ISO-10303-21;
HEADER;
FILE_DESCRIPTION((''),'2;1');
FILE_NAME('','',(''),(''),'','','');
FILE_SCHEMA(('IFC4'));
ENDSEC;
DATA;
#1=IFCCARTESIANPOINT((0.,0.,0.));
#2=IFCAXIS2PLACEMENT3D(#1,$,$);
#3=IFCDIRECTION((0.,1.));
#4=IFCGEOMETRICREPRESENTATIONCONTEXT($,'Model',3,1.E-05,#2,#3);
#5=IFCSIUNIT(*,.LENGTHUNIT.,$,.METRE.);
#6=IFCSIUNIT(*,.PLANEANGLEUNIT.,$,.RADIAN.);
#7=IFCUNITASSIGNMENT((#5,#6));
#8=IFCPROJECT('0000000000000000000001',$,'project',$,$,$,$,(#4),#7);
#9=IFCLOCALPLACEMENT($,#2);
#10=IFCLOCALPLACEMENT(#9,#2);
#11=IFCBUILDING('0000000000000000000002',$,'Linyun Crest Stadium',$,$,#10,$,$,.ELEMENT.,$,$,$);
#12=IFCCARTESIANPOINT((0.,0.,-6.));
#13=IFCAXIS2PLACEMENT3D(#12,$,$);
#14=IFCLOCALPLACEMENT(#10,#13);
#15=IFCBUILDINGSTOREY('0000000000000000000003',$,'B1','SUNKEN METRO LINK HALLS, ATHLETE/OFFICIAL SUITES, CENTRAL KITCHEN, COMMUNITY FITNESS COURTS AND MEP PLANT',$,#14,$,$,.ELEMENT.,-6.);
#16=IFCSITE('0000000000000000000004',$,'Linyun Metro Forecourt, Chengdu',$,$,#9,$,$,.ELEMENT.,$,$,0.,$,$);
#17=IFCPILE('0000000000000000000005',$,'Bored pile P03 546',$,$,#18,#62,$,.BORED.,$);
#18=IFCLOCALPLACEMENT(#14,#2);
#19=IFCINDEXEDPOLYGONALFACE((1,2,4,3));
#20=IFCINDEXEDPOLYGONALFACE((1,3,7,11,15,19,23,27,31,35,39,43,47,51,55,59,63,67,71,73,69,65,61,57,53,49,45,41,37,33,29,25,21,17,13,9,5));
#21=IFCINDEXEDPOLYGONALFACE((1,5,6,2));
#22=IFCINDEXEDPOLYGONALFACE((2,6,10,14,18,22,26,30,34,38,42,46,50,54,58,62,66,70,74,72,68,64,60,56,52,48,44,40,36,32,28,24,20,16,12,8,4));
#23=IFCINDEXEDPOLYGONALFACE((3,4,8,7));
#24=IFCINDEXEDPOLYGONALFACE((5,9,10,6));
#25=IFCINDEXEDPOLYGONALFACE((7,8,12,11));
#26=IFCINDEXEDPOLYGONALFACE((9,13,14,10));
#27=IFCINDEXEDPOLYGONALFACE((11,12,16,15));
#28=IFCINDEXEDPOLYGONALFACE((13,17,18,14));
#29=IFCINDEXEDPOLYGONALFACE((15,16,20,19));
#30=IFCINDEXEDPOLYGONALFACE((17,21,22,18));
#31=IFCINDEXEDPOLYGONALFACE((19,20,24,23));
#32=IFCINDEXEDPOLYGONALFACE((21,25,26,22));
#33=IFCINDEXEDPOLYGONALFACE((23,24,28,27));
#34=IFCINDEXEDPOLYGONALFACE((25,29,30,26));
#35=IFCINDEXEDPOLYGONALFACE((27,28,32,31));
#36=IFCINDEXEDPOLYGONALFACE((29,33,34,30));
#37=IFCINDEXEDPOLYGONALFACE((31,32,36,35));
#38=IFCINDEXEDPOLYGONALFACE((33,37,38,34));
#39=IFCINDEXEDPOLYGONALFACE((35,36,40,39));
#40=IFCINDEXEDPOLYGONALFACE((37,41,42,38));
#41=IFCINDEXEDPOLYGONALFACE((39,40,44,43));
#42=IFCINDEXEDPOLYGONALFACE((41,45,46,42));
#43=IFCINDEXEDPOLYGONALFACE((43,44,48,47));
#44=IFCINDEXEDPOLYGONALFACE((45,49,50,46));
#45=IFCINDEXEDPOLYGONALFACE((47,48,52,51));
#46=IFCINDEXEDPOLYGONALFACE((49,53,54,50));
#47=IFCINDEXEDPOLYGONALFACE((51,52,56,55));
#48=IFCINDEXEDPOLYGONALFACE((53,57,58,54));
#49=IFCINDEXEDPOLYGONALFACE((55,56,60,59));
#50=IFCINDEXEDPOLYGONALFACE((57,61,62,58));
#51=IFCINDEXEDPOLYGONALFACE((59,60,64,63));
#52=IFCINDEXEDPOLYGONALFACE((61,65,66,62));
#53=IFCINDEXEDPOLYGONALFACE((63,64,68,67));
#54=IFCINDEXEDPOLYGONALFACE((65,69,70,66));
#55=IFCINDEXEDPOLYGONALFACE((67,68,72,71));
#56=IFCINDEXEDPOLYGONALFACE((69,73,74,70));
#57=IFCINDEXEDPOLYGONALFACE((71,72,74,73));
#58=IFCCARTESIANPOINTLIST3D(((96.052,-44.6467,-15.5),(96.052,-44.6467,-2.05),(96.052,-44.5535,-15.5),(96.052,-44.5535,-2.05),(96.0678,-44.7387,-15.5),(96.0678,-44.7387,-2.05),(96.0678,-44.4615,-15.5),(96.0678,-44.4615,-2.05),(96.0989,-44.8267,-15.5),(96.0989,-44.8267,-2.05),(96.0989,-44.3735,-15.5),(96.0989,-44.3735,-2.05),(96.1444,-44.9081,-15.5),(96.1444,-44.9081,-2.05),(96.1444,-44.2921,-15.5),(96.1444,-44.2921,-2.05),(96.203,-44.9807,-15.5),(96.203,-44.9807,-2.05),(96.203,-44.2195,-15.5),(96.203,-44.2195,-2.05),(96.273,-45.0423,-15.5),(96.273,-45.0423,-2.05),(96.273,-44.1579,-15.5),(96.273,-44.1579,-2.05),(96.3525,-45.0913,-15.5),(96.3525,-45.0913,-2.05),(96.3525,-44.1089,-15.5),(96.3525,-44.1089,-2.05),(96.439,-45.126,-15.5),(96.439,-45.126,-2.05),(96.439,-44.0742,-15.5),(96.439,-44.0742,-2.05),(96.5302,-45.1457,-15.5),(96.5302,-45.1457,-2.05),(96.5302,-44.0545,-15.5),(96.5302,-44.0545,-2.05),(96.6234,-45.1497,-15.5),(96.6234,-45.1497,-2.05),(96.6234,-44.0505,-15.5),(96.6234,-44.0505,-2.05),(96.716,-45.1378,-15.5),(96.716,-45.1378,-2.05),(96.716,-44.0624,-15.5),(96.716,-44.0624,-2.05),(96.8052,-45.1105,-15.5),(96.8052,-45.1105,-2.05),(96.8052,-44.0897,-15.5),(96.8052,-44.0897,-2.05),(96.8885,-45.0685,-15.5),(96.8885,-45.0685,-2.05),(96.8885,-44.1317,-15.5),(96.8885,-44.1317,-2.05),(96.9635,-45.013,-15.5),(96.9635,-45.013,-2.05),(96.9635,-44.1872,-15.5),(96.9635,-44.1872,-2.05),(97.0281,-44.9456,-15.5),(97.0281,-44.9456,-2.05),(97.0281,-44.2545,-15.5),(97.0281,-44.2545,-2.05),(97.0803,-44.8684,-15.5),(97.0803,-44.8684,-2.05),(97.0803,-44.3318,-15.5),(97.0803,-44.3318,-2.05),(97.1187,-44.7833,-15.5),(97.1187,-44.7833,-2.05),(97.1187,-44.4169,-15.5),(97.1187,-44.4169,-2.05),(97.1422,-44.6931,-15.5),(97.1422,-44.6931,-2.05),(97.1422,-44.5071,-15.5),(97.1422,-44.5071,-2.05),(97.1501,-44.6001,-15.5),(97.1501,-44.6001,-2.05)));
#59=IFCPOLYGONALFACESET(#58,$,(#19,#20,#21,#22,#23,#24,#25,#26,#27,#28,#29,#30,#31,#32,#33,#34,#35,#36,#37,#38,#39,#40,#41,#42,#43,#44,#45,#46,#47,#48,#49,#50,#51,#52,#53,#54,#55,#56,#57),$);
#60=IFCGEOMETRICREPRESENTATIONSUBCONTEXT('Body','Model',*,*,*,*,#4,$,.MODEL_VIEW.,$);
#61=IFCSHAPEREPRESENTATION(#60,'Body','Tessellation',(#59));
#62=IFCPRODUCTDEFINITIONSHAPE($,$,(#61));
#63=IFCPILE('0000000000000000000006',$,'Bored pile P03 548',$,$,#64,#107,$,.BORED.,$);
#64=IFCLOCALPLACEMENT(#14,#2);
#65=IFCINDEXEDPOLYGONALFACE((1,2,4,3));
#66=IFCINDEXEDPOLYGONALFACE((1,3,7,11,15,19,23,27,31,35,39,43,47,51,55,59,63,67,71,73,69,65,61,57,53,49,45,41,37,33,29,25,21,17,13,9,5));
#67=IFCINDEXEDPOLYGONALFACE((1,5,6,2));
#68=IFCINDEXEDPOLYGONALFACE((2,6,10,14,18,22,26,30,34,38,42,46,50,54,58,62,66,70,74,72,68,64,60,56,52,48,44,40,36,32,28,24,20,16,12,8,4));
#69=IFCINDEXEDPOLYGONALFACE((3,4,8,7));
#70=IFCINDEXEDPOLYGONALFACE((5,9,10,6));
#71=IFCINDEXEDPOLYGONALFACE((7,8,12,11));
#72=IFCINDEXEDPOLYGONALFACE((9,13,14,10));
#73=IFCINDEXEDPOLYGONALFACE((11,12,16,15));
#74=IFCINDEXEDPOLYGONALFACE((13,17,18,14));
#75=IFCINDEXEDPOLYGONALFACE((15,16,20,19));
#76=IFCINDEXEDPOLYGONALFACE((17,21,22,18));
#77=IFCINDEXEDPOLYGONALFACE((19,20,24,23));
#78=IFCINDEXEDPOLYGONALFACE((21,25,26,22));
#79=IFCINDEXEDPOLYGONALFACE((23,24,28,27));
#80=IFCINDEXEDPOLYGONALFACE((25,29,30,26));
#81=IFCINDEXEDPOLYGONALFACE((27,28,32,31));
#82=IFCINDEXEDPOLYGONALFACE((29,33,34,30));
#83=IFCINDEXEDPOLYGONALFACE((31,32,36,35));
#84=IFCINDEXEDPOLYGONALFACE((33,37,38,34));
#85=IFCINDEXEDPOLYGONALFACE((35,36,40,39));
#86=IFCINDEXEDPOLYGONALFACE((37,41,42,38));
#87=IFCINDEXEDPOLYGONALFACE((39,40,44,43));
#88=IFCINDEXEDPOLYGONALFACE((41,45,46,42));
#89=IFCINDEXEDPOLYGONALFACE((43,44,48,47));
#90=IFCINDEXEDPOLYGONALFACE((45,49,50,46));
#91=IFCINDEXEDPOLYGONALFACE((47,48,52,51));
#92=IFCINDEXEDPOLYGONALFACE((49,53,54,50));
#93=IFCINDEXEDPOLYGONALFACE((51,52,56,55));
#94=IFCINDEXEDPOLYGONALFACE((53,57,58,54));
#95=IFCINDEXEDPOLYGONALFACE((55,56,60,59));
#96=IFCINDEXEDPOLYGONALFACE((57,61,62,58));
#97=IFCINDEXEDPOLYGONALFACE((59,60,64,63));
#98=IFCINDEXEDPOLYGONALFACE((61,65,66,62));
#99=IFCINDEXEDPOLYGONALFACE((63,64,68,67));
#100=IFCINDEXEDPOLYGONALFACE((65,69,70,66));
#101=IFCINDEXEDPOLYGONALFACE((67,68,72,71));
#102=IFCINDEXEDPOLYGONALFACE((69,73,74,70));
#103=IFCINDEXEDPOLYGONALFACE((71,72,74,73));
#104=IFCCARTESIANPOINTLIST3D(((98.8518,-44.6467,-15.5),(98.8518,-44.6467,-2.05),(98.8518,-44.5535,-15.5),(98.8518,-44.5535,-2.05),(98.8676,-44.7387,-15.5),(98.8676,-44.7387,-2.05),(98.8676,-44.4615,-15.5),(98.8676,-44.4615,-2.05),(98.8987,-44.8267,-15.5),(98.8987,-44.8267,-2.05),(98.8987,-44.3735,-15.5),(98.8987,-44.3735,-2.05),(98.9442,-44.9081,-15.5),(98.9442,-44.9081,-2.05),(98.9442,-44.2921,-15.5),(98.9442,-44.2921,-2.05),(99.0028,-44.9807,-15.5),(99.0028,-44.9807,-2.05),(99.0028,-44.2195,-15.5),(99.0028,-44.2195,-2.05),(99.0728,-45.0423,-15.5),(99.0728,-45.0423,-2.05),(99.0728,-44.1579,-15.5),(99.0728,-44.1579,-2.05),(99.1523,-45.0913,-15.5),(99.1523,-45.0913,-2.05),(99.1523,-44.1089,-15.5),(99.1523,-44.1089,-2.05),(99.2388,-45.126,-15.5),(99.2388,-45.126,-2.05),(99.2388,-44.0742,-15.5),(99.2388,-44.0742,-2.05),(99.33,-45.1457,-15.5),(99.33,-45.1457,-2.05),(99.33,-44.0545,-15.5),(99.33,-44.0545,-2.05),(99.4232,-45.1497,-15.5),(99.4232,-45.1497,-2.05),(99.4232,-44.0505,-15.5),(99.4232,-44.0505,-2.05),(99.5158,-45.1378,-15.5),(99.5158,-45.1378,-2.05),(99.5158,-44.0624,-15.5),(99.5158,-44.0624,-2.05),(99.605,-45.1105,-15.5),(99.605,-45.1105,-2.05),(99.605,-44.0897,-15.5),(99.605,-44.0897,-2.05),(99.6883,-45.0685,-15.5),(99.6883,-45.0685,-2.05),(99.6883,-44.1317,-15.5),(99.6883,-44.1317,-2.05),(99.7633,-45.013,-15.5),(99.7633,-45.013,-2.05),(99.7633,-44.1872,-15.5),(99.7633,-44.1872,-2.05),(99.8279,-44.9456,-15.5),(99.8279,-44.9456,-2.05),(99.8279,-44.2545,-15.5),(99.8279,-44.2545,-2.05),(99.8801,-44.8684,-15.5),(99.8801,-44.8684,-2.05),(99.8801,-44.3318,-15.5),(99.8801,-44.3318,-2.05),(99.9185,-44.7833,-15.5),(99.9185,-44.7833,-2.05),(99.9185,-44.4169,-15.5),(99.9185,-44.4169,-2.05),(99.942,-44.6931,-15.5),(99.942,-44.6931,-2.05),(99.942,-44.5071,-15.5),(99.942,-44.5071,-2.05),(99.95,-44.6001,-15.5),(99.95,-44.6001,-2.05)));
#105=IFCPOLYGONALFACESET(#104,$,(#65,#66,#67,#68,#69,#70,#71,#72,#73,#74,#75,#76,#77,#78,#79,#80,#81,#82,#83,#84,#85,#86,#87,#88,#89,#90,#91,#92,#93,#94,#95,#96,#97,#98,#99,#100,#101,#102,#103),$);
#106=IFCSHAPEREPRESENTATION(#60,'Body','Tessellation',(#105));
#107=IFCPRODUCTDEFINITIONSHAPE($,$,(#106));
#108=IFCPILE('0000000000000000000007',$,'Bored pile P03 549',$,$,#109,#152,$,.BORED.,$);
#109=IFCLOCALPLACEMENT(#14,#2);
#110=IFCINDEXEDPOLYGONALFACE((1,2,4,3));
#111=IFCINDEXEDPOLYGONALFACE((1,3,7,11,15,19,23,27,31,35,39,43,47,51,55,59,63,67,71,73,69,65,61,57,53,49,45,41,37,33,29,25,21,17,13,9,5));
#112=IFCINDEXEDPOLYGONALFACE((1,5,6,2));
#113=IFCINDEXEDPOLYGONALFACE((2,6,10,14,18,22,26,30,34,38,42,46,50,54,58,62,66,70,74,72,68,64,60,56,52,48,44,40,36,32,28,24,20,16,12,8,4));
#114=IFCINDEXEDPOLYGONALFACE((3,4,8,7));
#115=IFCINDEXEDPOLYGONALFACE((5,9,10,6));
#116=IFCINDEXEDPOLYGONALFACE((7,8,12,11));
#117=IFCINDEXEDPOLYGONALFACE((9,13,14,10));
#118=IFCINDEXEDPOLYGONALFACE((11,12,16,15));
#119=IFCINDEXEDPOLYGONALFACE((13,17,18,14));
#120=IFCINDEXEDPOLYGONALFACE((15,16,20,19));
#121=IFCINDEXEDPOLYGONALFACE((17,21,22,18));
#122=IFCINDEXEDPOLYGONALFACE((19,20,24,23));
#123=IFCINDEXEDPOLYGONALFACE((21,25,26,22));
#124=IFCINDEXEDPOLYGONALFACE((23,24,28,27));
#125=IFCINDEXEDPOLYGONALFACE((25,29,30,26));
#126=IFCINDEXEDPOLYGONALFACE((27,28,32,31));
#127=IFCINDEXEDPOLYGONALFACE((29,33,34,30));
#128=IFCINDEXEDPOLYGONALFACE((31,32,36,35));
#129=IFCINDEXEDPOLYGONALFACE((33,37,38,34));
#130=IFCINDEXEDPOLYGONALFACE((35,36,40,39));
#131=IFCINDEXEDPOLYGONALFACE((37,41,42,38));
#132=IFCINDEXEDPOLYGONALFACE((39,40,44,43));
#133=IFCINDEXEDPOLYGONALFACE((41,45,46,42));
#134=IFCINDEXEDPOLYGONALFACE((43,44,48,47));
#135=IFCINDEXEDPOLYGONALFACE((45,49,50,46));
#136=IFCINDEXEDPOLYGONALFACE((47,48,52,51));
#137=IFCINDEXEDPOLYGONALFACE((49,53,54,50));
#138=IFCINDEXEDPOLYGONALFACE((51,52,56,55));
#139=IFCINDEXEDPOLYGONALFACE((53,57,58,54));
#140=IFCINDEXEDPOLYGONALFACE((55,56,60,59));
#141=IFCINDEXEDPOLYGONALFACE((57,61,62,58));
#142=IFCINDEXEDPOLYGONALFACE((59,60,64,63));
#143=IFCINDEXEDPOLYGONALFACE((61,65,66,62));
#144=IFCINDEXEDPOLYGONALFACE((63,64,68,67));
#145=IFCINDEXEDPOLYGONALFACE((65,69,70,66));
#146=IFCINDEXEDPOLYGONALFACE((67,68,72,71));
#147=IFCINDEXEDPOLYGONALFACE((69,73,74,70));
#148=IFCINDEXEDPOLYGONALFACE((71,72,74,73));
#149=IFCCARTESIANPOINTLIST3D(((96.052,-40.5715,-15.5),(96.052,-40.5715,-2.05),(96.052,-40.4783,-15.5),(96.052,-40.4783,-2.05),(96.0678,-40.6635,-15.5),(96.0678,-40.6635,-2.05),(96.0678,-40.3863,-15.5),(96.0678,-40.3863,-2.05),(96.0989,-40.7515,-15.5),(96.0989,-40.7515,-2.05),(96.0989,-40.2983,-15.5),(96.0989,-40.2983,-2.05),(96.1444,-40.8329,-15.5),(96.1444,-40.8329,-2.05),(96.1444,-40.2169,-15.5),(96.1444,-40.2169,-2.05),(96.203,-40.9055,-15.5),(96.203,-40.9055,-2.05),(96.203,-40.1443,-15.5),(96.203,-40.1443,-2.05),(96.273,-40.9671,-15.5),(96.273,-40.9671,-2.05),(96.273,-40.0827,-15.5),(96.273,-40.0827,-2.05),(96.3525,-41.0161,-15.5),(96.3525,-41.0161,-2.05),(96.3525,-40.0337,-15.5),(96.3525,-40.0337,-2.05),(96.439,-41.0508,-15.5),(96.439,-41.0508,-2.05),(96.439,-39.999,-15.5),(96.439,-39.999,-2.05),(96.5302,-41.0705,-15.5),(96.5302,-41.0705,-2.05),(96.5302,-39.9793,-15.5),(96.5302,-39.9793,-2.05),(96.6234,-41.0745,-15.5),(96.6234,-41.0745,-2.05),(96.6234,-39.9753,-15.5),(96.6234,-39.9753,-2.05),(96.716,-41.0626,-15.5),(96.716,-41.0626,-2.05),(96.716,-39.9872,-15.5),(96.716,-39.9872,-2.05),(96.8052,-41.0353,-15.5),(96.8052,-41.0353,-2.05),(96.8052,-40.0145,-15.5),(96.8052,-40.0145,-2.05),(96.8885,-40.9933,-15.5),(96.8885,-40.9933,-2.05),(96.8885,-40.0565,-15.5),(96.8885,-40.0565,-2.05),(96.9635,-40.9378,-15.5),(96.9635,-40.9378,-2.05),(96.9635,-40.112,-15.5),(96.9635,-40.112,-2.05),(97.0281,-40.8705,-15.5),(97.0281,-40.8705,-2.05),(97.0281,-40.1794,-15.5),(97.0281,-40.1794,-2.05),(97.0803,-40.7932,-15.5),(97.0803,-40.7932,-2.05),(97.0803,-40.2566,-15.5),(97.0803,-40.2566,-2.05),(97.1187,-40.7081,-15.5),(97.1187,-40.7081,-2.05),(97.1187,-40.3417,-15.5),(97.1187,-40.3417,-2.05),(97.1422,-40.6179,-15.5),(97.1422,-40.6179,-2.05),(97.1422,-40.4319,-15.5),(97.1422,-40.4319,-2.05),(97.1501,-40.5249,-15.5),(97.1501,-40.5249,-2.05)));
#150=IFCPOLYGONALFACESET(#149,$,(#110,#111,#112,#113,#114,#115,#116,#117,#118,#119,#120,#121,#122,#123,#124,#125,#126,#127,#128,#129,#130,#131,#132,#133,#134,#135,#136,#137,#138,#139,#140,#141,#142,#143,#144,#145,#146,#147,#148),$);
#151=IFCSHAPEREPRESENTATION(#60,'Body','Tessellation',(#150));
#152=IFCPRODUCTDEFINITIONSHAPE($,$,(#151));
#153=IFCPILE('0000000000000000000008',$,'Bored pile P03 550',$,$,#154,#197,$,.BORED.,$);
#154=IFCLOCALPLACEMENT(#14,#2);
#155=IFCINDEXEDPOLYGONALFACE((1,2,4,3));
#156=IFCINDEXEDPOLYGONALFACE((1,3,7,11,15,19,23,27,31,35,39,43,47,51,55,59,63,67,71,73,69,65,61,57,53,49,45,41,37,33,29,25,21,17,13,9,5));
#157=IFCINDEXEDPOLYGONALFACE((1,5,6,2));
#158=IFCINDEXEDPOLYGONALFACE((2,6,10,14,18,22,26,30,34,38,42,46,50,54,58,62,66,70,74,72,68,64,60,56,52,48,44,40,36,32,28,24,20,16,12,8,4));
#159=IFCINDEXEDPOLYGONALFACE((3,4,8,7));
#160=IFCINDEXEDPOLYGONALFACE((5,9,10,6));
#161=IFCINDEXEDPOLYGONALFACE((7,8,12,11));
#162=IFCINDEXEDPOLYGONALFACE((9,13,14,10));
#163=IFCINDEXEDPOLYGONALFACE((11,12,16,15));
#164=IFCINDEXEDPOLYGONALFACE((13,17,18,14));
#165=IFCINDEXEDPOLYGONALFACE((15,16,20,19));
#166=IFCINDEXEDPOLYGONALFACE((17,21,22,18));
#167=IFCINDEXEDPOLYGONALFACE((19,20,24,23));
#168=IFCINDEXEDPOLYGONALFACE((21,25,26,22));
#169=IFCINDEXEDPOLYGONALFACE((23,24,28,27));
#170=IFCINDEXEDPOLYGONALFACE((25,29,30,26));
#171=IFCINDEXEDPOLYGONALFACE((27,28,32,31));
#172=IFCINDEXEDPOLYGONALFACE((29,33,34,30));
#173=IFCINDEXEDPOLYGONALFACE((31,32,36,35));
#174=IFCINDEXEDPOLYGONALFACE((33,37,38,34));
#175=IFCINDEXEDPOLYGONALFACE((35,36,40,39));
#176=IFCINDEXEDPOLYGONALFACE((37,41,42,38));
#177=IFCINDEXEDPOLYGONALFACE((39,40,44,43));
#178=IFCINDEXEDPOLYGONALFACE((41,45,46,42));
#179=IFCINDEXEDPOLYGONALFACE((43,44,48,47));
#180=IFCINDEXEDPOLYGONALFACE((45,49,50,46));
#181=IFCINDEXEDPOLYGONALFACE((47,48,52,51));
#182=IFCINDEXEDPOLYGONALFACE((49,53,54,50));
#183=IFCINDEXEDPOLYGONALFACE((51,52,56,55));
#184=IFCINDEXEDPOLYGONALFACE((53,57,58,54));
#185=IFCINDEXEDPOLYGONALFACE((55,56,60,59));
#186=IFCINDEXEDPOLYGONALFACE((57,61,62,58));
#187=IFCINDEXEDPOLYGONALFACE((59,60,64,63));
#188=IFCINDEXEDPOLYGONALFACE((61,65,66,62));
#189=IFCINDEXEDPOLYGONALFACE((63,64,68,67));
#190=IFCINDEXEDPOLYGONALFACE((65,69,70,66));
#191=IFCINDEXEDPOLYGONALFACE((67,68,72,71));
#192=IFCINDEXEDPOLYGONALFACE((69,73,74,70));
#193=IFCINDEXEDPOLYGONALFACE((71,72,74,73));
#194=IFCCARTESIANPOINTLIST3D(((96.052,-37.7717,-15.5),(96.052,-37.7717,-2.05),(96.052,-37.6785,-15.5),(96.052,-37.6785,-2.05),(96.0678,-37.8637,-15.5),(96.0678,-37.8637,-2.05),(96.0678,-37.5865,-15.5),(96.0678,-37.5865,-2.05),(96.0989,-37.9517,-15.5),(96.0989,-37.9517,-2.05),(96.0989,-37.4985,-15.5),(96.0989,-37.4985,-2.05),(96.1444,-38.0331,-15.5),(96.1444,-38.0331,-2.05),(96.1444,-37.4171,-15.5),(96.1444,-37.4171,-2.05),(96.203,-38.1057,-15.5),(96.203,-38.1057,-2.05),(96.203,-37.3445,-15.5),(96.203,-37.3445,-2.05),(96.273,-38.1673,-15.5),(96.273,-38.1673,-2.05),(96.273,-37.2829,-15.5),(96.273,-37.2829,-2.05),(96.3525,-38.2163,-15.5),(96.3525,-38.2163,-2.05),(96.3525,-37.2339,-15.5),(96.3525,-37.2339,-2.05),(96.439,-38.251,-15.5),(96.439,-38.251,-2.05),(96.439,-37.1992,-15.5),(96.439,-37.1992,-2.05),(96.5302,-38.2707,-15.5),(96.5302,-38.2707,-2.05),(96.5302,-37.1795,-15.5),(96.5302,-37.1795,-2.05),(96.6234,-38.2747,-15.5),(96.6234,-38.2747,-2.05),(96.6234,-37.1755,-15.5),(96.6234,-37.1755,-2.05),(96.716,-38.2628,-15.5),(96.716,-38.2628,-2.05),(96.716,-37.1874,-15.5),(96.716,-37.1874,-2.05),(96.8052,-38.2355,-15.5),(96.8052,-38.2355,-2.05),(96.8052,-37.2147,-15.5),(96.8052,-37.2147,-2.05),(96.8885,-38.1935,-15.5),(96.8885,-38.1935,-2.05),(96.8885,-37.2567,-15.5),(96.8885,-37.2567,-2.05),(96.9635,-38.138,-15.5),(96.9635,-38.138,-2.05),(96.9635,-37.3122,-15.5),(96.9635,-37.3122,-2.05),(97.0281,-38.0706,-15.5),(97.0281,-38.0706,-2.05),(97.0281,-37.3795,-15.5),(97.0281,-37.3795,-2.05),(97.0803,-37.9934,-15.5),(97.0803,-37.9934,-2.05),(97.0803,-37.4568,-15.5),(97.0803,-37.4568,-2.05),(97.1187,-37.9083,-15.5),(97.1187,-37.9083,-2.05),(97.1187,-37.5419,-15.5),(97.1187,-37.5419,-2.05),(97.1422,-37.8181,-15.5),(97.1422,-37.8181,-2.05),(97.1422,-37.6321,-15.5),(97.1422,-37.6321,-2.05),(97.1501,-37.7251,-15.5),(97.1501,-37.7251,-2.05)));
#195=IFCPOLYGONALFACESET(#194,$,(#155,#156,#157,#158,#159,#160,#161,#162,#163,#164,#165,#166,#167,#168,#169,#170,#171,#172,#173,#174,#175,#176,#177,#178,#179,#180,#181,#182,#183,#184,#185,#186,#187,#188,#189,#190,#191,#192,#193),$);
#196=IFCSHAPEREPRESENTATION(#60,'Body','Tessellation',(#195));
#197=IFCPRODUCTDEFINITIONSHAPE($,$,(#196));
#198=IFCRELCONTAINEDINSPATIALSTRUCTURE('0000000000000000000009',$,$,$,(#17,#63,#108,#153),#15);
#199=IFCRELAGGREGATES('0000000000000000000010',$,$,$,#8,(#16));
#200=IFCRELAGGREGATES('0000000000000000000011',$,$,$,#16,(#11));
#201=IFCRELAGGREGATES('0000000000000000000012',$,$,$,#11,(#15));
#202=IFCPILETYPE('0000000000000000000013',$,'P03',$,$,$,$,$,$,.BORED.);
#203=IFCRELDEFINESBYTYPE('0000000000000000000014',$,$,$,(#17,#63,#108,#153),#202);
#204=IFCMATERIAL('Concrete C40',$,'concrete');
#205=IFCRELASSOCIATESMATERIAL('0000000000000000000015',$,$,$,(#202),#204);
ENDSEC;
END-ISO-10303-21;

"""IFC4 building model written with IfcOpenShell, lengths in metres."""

from ifc_helpers import new_model, si_unit, direction, frame, origin, origin_2d, place, context, subcontext, project, spatial, circle, extrude, material, material_profile, profile_set, type_object, element, save


model = new_model("IFC4")

# Units and contexts
model_context = context("Model", 3, precision=1e-05, world=origin(), true_north=direction((0.0, 1.0)))
body_context = subcontext(model_context, "Body", "Model", "MODEL_VIEW")
ifc_project = project(units=[si_unit("LENGTHUNIT", "METRE"), si_unit("PLANEANGLEUNIT", "RADIAN")], contexts=[model_context])

# Site, building, storey
site_placement = place(None, origin())
site = spatial("IfcSite", under=ifc_project, at=site_placement, Name="Linyun Metro Forecourt, Chengdu", CompositionType="ELEMENT", RefElevation=0.0)
building_placement = place(site_placement, origin())
building = spatial("IfcBuilding", under=site, at=building_placement, Name="Linyun Crest Stadium", CompositionType="ELEMENT")
storey_placement = place(building_placement, frame((0.0, 0.0, -6.0)))
storey = spatial("IfcBuildingStorey", under=building, at=storey_placement, Name="B1", Description="SUNKEN METRO LINK HALLS, ATHLETE/OFFICIAL SUITES, CENTRAL KITCHEN, COMMUNITY FITNESS COURTS AND MEP PLANT", CompositionType="ELEMENT", Elevation=-6.0)

# Piles
ifc_material_1 = material(Name="Concrete C40", Category="concrete")
ifc_material_profile_1 = material_profile(ifc_material_1, circle(Radius=0.55, at=origin_2d()), Name="BORED PILE 1100")
ifc_profile_set_1 = profile_set([ifc_material_profile_1], Name="Concrete C40")
pile_type = type_object("IfcPileType", Name="P03", PredefinedType="BORED", material=ifc_profile_set_1)
for number, where, z_axis, x_axis, name in (
    (1, (96.6001, -44.6001, -2.05), (0.0, 0.0, -1.0), (1.0, 0.0, 0.0), "Bored pile P03 546"),
    (2, (99.3999, -44.6001, -2.05), (0.0, 0.0, -1.0), (1.0, 0.0, 0.0), "Bored pile P03 548"),
    (3, (96.6001, -40.5249, -2.05), (0.0, 0.0, -1.0), (1.0, 0.0, 0.0), "Bored pile P03 549"),
    (4, (96.6001, -37.7251, -2.05), (0.0, 0.0, -1.0), (1.0, 0.0, 0.0), "Bored pile P03 550"),
):
    element("IfcPile", number, at=place(storey_placement, frame(where, z_axis=z_axis, x_axis=x_axis)), inside=storey, type_object=pile_type, Name=name, PredefinedType="BORED", context=body_context, shape_type="SweptSolid", body=[
        extrude(circle(Radius=0.55, at=origin_2d()), origin(), (0.0, 0.0, 1.0), 13.45),
    ])

save(model, "model.ifc")
